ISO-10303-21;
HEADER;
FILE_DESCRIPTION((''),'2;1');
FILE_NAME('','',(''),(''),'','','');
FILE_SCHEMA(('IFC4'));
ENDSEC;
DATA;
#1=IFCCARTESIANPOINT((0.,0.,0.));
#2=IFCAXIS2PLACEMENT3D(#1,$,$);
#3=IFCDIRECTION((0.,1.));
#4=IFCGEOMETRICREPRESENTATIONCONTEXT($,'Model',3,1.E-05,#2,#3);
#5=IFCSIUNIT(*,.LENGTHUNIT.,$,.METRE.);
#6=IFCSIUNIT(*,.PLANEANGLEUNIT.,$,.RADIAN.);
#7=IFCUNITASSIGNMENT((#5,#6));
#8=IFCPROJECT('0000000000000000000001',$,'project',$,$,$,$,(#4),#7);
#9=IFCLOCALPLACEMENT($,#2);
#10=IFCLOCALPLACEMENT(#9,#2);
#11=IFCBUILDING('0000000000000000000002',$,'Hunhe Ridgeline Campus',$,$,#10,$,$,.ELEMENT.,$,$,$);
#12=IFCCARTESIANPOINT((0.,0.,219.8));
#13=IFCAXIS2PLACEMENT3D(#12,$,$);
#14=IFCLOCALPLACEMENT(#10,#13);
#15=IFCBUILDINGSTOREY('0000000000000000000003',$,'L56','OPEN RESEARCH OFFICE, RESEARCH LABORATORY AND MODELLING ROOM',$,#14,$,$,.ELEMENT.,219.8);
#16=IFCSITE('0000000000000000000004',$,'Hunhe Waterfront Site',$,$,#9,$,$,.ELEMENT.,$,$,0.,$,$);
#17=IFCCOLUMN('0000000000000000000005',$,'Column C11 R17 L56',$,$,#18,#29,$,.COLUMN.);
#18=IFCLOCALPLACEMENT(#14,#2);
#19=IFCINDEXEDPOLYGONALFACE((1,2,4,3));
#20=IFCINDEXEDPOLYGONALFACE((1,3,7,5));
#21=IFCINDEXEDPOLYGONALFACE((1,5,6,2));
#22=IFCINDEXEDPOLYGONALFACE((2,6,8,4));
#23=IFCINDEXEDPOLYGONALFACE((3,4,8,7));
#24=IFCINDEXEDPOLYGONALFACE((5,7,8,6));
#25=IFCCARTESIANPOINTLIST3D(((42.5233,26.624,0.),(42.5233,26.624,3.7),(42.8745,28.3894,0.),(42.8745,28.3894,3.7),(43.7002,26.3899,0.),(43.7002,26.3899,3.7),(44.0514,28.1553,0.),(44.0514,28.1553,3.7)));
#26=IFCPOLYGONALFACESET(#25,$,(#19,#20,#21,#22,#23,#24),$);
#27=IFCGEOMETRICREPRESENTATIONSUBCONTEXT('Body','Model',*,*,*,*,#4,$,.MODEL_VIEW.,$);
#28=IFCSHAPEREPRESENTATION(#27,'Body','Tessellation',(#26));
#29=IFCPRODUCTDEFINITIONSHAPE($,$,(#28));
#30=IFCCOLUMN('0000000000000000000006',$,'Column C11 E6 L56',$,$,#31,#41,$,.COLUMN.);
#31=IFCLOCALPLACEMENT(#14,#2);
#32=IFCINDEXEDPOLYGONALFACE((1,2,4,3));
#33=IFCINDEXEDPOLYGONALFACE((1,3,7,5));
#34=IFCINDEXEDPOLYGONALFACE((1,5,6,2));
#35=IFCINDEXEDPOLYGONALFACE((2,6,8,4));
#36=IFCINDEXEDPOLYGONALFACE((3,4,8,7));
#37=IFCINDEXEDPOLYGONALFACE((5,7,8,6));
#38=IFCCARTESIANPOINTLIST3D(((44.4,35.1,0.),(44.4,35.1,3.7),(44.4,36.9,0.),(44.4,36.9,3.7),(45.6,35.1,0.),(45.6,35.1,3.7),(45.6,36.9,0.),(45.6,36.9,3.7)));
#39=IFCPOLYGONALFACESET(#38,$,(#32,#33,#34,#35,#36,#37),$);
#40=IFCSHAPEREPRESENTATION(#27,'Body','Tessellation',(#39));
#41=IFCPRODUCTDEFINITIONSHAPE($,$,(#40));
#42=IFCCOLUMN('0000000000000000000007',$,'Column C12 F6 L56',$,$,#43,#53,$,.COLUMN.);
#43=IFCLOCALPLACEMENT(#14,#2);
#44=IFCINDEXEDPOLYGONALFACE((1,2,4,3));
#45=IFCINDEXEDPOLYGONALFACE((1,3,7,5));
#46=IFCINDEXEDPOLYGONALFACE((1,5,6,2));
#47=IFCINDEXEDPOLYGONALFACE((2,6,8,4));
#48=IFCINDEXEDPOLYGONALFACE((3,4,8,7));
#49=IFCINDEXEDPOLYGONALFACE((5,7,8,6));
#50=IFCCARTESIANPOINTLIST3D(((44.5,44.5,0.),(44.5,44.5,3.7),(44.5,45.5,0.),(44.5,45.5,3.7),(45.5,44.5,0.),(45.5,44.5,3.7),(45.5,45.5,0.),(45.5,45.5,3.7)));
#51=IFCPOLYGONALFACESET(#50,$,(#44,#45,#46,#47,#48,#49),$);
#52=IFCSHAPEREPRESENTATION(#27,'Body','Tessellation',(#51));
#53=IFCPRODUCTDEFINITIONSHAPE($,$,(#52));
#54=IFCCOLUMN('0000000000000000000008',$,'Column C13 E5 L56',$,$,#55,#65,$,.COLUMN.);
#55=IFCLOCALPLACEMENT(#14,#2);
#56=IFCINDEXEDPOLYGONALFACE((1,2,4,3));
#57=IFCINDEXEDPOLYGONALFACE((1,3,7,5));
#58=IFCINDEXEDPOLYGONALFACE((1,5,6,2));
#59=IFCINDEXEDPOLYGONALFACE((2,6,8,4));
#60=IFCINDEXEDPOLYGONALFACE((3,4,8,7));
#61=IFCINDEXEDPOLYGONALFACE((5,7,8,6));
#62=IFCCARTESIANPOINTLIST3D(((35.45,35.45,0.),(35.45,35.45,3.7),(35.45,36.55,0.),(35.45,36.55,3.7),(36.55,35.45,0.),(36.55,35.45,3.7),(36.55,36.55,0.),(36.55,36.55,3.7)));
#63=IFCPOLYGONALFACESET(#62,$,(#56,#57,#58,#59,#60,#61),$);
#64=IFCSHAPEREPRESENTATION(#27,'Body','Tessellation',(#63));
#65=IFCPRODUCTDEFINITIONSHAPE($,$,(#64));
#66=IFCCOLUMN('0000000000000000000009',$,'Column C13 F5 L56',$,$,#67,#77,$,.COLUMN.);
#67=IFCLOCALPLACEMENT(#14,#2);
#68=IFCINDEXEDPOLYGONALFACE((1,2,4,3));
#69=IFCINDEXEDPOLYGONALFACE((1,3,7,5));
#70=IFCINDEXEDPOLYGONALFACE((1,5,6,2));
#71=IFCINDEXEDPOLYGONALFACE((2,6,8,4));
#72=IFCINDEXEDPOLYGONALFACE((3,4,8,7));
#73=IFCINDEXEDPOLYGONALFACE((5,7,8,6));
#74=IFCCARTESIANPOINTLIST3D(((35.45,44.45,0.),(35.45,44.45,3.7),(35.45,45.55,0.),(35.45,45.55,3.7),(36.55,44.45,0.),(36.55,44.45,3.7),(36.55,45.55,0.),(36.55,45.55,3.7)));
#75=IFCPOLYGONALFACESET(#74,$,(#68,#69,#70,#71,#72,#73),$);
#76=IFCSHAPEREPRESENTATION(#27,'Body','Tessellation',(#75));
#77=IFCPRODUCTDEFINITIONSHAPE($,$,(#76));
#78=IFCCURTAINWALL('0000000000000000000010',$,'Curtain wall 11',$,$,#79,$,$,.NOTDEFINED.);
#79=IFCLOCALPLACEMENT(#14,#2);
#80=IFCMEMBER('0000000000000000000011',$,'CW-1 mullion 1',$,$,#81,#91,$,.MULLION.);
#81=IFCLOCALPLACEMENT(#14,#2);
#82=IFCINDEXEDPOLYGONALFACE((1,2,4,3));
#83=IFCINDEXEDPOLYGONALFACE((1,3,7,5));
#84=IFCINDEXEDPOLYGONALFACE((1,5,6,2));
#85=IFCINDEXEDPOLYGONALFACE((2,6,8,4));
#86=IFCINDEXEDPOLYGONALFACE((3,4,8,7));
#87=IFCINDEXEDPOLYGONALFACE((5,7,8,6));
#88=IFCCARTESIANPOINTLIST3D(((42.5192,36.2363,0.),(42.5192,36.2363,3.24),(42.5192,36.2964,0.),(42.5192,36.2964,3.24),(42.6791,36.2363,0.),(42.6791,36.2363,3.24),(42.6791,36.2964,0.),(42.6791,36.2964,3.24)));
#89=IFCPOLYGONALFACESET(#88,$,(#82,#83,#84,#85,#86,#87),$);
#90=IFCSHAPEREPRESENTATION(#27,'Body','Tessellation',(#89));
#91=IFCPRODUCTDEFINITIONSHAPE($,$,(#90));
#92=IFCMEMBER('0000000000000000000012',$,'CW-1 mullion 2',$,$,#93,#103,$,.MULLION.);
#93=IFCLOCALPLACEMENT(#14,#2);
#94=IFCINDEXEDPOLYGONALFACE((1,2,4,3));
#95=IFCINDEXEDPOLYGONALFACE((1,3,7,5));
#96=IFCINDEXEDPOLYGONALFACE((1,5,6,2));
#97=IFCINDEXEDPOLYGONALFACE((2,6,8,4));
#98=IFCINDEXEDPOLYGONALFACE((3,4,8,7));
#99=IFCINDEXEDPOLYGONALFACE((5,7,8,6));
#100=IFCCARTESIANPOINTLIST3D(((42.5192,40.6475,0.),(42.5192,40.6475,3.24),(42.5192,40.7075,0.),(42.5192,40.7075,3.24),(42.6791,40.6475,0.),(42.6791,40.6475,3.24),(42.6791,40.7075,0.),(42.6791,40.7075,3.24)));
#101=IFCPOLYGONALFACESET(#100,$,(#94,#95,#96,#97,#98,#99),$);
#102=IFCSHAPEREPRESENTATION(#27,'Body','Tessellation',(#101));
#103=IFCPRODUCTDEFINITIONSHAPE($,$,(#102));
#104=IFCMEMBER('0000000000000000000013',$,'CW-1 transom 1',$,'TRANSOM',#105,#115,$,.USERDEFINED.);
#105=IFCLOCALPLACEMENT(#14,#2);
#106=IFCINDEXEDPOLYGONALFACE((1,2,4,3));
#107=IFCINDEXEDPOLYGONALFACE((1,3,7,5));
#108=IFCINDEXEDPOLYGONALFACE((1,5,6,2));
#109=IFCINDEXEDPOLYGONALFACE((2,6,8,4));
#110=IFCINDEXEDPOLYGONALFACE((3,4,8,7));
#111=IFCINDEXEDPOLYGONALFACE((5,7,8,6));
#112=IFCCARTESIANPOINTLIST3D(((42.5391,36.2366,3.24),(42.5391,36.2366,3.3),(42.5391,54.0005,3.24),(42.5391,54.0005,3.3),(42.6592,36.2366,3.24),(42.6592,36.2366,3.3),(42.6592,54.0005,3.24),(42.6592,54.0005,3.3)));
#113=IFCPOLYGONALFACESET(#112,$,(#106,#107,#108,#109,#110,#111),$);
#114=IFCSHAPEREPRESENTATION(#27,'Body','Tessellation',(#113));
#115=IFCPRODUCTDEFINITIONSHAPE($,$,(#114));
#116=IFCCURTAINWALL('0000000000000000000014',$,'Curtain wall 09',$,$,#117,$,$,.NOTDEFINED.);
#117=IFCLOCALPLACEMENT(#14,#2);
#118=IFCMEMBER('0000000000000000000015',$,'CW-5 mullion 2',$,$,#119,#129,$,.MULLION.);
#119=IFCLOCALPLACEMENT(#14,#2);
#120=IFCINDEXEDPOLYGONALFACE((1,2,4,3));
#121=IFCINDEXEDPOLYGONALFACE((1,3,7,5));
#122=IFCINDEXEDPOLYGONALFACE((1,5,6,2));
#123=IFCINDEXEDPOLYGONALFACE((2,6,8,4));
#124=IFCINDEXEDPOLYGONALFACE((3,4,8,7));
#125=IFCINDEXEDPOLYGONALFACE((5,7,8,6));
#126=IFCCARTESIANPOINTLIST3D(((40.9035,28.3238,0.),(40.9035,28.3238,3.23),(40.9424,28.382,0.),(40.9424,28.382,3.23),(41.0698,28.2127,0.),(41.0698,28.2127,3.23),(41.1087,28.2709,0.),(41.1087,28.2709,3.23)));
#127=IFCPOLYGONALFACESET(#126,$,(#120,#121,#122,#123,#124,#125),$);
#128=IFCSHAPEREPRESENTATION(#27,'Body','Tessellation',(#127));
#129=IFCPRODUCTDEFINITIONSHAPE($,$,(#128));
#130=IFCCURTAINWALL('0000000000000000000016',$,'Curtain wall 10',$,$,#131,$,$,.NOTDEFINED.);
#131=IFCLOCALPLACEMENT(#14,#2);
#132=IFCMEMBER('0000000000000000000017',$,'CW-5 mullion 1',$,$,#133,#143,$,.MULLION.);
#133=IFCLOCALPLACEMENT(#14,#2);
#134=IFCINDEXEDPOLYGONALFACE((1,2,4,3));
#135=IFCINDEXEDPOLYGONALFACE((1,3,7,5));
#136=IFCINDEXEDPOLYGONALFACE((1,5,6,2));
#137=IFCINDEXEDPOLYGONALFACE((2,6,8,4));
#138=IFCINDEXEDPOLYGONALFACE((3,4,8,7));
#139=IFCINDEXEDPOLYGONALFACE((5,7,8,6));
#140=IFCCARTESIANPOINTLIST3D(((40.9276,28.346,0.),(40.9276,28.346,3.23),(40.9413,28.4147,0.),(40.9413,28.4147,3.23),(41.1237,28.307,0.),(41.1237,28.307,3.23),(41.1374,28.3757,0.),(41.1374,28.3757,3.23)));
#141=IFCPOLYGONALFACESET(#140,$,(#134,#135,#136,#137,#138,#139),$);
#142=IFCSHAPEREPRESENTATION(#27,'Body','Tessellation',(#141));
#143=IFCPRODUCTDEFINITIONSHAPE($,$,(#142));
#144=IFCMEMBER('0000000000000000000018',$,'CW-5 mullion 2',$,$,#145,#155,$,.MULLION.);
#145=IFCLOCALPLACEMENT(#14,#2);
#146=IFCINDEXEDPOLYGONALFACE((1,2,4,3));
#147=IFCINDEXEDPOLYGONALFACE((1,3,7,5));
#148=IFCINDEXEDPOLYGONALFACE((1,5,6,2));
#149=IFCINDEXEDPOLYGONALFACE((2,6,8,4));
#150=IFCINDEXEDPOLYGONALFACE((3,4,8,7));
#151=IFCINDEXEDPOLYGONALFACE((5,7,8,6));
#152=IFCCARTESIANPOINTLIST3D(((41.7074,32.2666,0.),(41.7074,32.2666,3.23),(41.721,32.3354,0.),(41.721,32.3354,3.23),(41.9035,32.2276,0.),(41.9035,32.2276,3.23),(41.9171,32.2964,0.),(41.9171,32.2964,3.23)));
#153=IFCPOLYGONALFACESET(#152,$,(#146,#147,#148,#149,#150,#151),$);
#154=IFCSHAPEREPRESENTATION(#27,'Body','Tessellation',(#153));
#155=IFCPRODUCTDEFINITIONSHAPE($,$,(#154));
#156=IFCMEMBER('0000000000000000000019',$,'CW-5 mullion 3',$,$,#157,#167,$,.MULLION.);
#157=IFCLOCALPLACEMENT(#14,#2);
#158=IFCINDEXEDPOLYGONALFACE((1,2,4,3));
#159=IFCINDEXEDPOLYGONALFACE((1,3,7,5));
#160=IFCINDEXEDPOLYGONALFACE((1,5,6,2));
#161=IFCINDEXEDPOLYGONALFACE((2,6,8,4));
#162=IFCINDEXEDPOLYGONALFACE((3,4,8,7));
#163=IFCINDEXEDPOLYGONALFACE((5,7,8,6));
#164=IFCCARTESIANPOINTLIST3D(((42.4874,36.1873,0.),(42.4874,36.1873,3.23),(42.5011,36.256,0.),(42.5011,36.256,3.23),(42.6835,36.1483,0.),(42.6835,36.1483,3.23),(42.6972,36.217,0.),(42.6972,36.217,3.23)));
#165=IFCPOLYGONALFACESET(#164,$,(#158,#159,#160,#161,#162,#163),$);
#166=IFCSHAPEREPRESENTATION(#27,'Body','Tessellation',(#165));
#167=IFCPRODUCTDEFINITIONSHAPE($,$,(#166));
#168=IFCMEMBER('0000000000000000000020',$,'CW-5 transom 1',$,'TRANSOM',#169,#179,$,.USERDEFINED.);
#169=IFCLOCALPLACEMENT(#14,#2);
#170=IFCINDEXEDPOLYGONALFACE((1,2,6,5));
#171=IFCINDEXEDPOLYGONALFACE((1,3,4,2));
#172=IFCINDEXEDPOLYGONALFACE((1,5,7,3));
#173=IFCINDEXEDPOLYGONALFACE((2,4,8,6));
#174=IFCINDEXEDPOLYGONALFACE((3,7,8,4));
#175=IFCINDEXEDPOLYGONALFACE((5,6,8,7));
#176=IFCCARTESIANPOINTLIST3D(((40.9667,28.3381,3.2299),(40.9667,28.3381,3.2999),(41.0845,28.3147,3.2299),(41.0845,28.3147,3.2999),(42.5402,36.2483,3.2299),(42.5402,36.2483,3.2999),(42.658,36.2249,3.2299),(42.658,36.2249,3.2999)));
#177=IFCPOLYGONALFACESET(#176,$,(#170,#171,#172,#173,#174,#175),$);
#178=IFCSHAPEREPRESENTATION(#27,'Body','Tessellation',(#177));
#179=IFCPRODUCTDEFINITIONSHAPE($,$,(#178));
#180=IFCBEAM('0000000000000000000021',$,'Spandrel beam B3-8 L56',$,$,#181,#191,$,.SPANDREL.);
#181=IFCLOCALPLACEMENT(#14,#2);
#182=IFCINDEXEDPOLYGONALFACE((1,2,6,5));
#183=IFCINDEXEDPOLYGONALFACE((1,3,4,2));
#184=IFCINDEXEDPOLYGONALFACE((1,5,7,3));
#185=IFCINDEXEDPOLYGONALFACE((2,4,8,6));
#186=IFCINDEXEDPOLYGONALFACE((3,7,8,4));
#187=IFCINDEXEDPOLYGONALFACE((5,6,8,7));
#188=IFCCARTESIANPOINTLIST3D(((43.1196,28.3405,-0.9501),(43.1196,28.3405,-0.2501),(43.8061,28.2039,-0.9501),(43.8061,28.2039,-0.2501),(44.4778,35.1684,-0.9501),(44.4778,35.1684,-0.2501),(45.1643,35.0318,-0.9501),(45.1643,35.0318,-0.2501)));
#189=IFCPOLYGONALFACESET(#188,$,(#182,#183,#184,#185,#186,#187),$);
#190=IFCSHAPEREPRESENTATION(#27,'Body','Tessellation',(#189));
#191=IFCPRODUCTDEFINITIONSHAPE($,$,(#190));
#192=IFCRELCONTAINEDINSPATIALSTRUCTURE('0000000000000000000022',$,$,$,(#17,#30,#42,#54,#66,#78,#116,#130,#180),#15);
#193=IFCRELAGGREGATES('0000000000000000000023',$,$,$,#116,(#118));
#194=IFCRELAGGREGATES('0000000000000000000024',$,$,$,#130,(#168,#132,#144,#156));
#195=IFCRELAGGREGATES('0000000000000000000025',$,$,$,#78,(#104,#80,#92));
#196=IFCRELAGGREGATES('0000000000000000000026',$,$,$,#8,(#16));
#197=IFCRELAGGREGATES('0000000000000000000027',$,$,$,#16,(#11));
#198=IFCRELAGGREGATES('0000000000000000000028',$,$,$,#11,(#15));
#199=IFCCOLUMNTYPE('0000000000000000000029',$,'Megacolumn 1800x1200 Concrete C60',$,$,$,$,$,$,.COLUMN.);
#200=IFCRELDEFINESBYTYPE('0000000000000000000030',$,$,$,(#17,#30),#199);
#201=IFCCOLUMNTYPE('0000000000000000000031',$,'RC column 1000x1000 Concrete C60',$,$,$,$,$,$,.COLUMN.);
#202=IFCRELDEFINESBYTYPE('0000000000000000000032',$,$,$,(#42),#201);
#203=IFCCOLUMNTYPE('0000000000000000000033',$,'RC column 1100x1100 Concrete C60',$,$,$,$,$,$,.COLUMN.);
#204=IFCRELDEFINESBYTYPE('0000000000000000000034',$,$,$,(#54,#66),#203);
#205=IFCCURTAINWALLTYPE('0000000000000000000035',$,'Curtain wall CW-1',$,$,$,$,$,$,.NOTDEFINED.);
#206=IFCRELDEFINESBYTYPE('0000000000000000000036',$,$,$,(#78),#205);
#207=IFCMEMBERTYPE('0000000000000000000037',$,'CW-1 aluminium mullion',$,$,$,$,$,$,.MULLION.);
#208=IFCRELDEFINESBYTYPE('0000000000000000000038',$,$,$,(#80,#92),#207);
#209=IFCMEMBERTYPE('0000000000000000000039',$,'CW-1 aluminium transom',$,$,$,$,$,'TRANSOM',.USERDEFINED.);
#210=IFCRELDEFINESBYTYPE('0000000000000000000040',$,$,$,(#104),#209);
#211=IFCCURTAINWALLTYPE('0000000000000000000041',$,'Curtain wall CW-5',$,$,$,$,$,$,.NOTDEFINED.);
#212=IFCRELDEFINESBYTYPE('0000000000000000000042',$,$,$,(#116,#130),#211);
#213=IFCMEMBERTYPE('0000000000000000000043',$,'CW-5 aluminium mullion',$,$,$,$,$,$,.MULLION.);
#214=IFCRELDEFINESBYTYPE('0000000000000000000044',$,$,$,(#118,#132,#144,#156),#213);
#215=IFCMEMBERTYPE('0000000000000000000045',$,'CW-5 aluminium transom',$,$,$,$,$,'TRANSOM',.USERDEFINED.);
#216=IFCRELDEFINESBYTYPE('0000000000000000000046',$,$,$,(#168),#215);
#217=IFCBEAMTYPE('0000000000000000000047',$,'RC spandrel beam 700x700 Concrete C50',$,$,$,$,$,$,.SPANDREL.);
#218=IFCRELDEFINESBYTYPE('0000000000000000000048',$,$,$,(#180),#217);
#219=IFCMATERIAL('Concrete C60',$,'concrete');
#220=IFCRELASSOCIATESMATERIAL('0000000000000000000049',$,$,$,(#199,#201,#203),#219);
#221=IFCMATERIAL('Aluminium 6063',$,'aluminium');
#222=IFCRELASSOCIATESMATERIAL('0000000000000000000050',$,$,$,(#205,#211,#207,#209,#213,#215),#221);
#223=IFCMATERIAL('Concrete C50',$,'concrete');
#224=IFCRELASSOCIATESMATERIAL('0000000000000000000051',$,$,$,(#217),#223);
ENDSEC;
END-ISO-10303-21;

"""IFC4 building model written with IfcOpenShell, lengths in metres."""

from ifc_helpers import new_model, si_unit, direction, frame, origin, origin_2d, place, context, subcontext, project, spatial, rectangle, extrude, material, material_profile, profile_set, type_object, element, aggregate, save


model = new_model("IFC4")

# Units and contexts
model_context = context("Model", 3, precision=1e-05, world=origin(), true_north=direction((0.0, 1.0)))
body_context = subcontext(model_context, "Body", "Model", "MODEL_VIEW")
ifc_project = project(units=[si_unit("LENGTHUNIT", "METRE"), si_unit("PLANEANGLEUNIT", "RADIAN")], contexts=[model_context])

# Site, building, storey
site_placement = place(None, origin())
site = spatial("IfcSite", under=ifc_project, at=site_placement, Name="Hunhe Waterfront Site", CompositionType="ELEMENT", RefElevation=0.0)
building_placement = place(site_placement, origin())
building = spatial("IfcBuilding", under=site, at=building_placement, Name="Hunhe Ridgeline Campus", CompositionType="ELEMENT")
storey_placement = place(building_placement, frame((0.0, 0.0, 219.8)))
storey = spatial("IfcBuildingStorey", under=building, at=storey_placement, Name="L56", Description="OPEN RESEARCH OFFICE, RESEARCH LABORATORY AND MODELLING ROOM", CompositionType="ELEMENT", Elevation=219.8)

# Columns
ifc_material_1 = material(Name="Concrete C60", Category="concrete")
ifc_material_profile_1 = material_profile(ifc_material_1, rectangle(XDim=1.8, YDim=1.2, at=origin_2d()))
ifc_profile_set_1 = profile_set([ifc_material_profile_1], Name="Concrete C60")
column_type_1 = type_object("IfcColumnType", Name="Megacolumn 1800x1200 Concrete C60", PredefinedType="COLUMN", material=ifc_profile_set_1)
for number, where, z_axis, x_axis, name in (
    (1, (43.2874, 27.3896, 0.0), (0.0, 0.0, 1.0), (0.19509, 0.980785, 0.0), "Column C11 R17 L56"),
    (2, (45.0, 36.0, 0.0), (0.0, 0.0, 1.0), (0.0, 1.0, 0.0), "Column C11 E6 L56"),
):
    element("IfcColumn", number, at=place(storey_placement, frame(where, z_axis=z_axis, x_axis=x_axis)), inside=storey, type_object=column_type_1, Name=name, PredefinedType="COLUMN", context=body_context, shape_type="SweptSolid", body=[
        extrude(rectangle(XDim=1.8, YDim=1.2, at=origin_2d()), origin(), (0.0, 0.0, 1.0), 3.7),
    ])
ifc_material_profile_2 = material_profile(ifc_material_1, rectangle(XDim=1.0, YDim=1.0, at=origin_2d()))
ifc_profile_set_2 = profile_set([ifc_material_profile_2], Name="Concrete C60")
column_type_2 = type_object("IfcColumnType", Name="RC column 1000x1000 Concrete C60", PredefinedType="COLUMN", material=ifc_profile_set_2)
column_placement = place(storey_placement, frame((45.0, 45.0, 0.0), z_axis=(0.0, 0.0, 1.0), x_axis=(1.0, 0.0, 0.0)))
element("IfcColumn", 3, at=column_placement, inside=storey, type_object=column_type_2, Name="Column C12 F6 L56", PredefinedType="COLUMN", context=body_context, shape_type="SweptSolid", body=[
    extrude(rectangle(XDim=1.0, YDim=1.0, at=origin_2d()), origin(), (0.0, 0.0, 1.0), 3.7),
])
ifc_material_profile_3 = material_profile(ifc_material_1, rectangle(XDim=1.1001, YDim=1.1001, at=origin_2d()))
ifc_profile_set_3 = profile_set([ifc_material_profile_3], Name="Concrete C60")
column_type_3 = type_object("IfcColumnType", Name="RC column 1100x1100 Concrete C60", PredefinedType="COLUMN", material=ifc_profile_set_3)
for number, where, z_axis, x_axis, name in (
    (4, (36.0, 36.0, 0.0), (0.0, 0.0, 1.0), (1.0, 0.0, 0.0), "Column C13 E5 L56"),
    (5, (36.0, 45.0, 0.0), (0.0, 0.0, 1.0), (1.0, 0.0, 0.0), "Column C13 F5 L56"),
):
    element("IfcColumn", number, at=place(storey_placement, frame(where, z_axis=z_axis, x_axis=x_axis)), inside=storey, type_object=column_type_3, Name=name, PredefinedType="COLUMN", context=body_context, shape_type="SweptSolid", body=[
        extrude(rectangle(XDim=1.1001, YDim=1.1001, at=origin_2d()), origin(), (0.0, 0.0, 1.0), 3.7),
    ])

# Curtain wall, members
ifc_material_2 = material(Name="Aluminium 6063", Category="aluminium")
curtain_wall_type_1 = type_object("IfcCurtainWallType", Name="Curtain wall CW-1", PredefinedType="NOTDEFINED", material=ifc_material_2)
curtain_wall_1_placement = place(storey_placement, origin())
curtain_wall_1 = element("IfcCurtainWall", 6, at=curtain_wall_1_placement, inside=storey, type_object=curtain_wall_type_1, Name="Curtain wall 11", PredefinedType="NOTDEFINED")
ifc_material_profile_4 = material_profile(ifc_material_2, rectangle(XDim=0.1599, YDim=0.0601, at=origin_2d()))
ifc_profile_set_4 = profile_set([ifc_material_profile_4], Name="Aluminium 6063")
member_type_1 = type_object("IfcMemberType", Name="CW-1 aluminium mullion", PredefinedType="MULLION", material=ifc_profile_set_4)
member_1_placement = place(storey_placement, frame((42.5991, 36.2664, 0.0), z_axis=(0.0, 0.0, 1.0), x_axis=(-1.0, 0.000007, 0.0)))
member_1 = element("IfcMember", 7, at=member_1_placement, type_object=member_type_1, Name="CW-1 mullion 1", PredefinedType="MULLION", context=body_context, shape_type="SweptSolid", body=[
    extrude(rectangle(XDim=0.1599, YDim=0.0601, at=origin_2d()), origin(), (0.0, 0.0, 1.0), 3.24),
])
member_2_placement = place(storey_placement, frame((42.5991, 40.6775, 0.0), z_axis=(0.0, 0.0, 1.0), x_axis=(-1.0, 0.000007, 0.0)))
member_2 = element("IfcMember", 8, at=member_2_placement, type_object=member_type_1, Name="CW-1 mullion 2", PredefinedType="MULLION", context=body_context, shape_type="SweptSolid", body=[
    extrude(rectangle(XDim=0.1599, YDim=0.0601, at=origin_2d()), origin(), (0.0, 0.0, 1.0), 3.24),
])
ifc_material_profile_5 = material_profile(ifc_material_2, rectangle(XDim=0.1201, YDim=0.0601, at=origin_2d()))
ifc_profile_set_5 = profile_set([ifc_material_profile_5], Name="Aluminium 6063")
member_type_2 = type_object("IfcMemberType", Name="CW-1 aluminium transom", ElementType="TRANSOM", PredefinedType="USERDEFINED", material=ifc_profile_set_5)
member_3_placement = place(storey_placement, frame((42.5991, 36.2366, 3.27), z_axis=(0.0, 1.0, 0.0), x_axis=(-1.0, 0.0, 0.0)))
member_3 = element("IfcMember", 9, at=member_3_placement, type_object=member_type_2, Name="CW-1 transom 1", ObjectType="TRANSOM", PredefinedType="USERDEFINED", context=body_context, shape_type="SweptSolid", body=[
    extrude(rectangle(XDim=0.1201, YDim=0.0601, at=origin_2d()), origin(), (0.0, 0.0, 1.0), 17.7639),
])

# Curtain wall, member
curtain_wall_type_2 = type_object("IfcCurtainWallType", Name="Curtain wall CW-5", PredefinedType="NOTDEFINED", material=ifc_material_2)
curtain_wall_2_placement = place(storey_placement, origin())
curtain_wall_2 = element("IfcCurtainWall", 10, at=curtain_wall_2_placement, inside=storey, type_object=curtain_wall_type_2, Name="Curtain wall 09", PredefinedType="NOTDEFINED")
ifc_material_profile_6 = material_profile(ifc_material_2, rectangle(XDim=0.2, YDim=0.0701, at=origin_2d()))
ifc_profile_set_6 = profile_set([ifc_material_profile_6], Name="Aluminium 6063")
member_type_3 = type_object("IfcMemberType", Name="CW-5 aluminium mullion", PredefinedType="MULLION", material=ifc_profile_set_6)
member_4_placement = place(storey_placement, frame((41.0061, 28.2974, 0.0), z_axis=(0.0, 0.0, 1.0), x_axis=(-0.83147, 0.55557, 0.0)))
member_4 = element("IfcMember", 11, at=member_4_placement, type_object=member_type_3, Name="CW-5 mullion 2", PredefinedType="MULLION", context=body_context, shape_type="SweptSolid", body=[
    extrude(rectangle(XDim=0.2, YDim=0.0701, at=origin_2d()), origin(), (0.0, 0.0, 1.0), 3.23),
])
aggregate(curtain_wall_2, [member_4])

# Curtain wall, members
curtain_wall_3_placement = place(storey_placement, origin())
curtain_wall_3 = element("IfcCurtainWall", 12, at=curtain_wall_3_placement, inside=storey, type_object=curtain_wall_type_2, Name="Curtain wall 10", PredefinedType="NOTDEFINED")
member_5_placement = place(storey_placement, frame((41.0325, 28.3608, 0.0), z_axis=(0.0, 0.0, 1.0), x_axis=(-0.980785, 0.19509, 0.0)))
member_5 = element("IfcMember", 13, at=member_5_placement, type_object=member_type_3, Name="CW-5 mullion 1", PredefinedType="MULLION", context=body_context, shape_type="SweptSolid", body=[
    extrude(rectangle(XDim=0.2, YDim=0.0701, at=origin_2d()), origin(), (0.0, 0.0, 1.0), 3.23),
])
member_6_placement = place(storey_placement, frame((41.8123, 32.2815, 0.0), z_axis=(0.0, 0.0, 1.0), x_axis=(-0.980785, 0.19509, 0.0)))
member_6 = element("IfcMember", 14, at=member_6_placement, type_object=member_type_3, Name="CW-5 mullion 2", PredefinedType="MULLION", context=body_context, shape_type="SweptSolid", body=[
    extrude(rectangle(XDim=0.2, YDim=0.0701, at=origin_2d()), origin(), (0.0, 0.0, 1.0), 3.23),
])
member_7_placement = place(storey_placement, frame((42.5923, 36.2021, 0.0), z_axis=(0.0, 0.0, 1.0), x_axis=(-0.980785, 0.19509, 0.0)))
member_7 = element("IfcMember", 15, at=member_7_placement, type_object=member_type_3, Name="CW-5 mullion 3", PredefinedType="MULLION", context=body_context, shape_type="SweptSolid", body=[
    extrude(rectangle(XDim=0.2, YDim=0.0701, at=origin_2d()), origin(), (0.0, 0.0, 1.0), 3.23),
])
ifc_material_profile_7 = material_profile(ifc_material_2, rectangle(XDim=0.1201, YDim=0.0701, at=origin_2d()))
ifc_profile_set_7 = profile_set([ifc_material_profile_7], Name="Aluminium 6063")
member_type_4 = type_object("IfcMemberType", Name="CW-5 aluminium transom", ElementType="TRANSOM", PredefinedType="USERDEFINED", material=ifc_profile_set_7)
member_8_placement = place(storey_placement, frame((41.0256, 28.3264, 3.2649), z_axis=(0.195097, 0.980784, 0.0), x_axis=(-0.980784, 0.195097, 0.0)))
member_8 = element("IfcMember", 16, at=member_8_placement, type_object=member_type_4, Name="CW-5 transom 1", ObjectType="TRANSOM", PredefinedType="USERDEFINED", context=body_context, shape_type="SweptSolid", body=[
    extrude(rectangle(XDim=0.1201, YDim=0.0701, at=origin_2d()), origin(), (0.0, 0.0, 1.0), 8.0652),
])

# Beam
ifc_material_3 = material(Name="Concrete C50", Category="concrete")
ifc_material_profile_8 = material_profile(ifc_material_3, rectangle(XDim=0.7, YDim=0.7, at=origin_2d()))
ifc_profile_set_8 = profile_set([ifc_material_profile_8], Name="Concrete C50")
beam_type = type_object("IfcBeamType", Name="RC spandrel beam 700x700 Concrete C50", PredefinedType="SPANDREL", material=ifc_profile_set_8)
beam_1_placement = place(storey_placement, frame((43.4629, 28.2722, -0.6001), z_axis=(0.195091, 0.980785, 0.0), x_axis=(-0.980785, 0.195091, 0.0)))
element("IfcBeam", 17, at=beam_1_placement, inside=storey, type_object=beam_type, Name="Spandrel beam B3-8 L56", PredefinedType="SPANDREL", context=body_context, shape_type="SweptSolid", body=[
    extrude(rectangle(XDim=0.7, YDim=0.7, at=origin_2d()), origin(), (0.0, 0.0, 1.0), 6.9617),
])

aggregate(curtain_wall_3, [member_8, member_5, member_6, member_7])
aggregate(curtain_wall_1, [member_3, member_1, member_2])

save(model, "model.ifc")
